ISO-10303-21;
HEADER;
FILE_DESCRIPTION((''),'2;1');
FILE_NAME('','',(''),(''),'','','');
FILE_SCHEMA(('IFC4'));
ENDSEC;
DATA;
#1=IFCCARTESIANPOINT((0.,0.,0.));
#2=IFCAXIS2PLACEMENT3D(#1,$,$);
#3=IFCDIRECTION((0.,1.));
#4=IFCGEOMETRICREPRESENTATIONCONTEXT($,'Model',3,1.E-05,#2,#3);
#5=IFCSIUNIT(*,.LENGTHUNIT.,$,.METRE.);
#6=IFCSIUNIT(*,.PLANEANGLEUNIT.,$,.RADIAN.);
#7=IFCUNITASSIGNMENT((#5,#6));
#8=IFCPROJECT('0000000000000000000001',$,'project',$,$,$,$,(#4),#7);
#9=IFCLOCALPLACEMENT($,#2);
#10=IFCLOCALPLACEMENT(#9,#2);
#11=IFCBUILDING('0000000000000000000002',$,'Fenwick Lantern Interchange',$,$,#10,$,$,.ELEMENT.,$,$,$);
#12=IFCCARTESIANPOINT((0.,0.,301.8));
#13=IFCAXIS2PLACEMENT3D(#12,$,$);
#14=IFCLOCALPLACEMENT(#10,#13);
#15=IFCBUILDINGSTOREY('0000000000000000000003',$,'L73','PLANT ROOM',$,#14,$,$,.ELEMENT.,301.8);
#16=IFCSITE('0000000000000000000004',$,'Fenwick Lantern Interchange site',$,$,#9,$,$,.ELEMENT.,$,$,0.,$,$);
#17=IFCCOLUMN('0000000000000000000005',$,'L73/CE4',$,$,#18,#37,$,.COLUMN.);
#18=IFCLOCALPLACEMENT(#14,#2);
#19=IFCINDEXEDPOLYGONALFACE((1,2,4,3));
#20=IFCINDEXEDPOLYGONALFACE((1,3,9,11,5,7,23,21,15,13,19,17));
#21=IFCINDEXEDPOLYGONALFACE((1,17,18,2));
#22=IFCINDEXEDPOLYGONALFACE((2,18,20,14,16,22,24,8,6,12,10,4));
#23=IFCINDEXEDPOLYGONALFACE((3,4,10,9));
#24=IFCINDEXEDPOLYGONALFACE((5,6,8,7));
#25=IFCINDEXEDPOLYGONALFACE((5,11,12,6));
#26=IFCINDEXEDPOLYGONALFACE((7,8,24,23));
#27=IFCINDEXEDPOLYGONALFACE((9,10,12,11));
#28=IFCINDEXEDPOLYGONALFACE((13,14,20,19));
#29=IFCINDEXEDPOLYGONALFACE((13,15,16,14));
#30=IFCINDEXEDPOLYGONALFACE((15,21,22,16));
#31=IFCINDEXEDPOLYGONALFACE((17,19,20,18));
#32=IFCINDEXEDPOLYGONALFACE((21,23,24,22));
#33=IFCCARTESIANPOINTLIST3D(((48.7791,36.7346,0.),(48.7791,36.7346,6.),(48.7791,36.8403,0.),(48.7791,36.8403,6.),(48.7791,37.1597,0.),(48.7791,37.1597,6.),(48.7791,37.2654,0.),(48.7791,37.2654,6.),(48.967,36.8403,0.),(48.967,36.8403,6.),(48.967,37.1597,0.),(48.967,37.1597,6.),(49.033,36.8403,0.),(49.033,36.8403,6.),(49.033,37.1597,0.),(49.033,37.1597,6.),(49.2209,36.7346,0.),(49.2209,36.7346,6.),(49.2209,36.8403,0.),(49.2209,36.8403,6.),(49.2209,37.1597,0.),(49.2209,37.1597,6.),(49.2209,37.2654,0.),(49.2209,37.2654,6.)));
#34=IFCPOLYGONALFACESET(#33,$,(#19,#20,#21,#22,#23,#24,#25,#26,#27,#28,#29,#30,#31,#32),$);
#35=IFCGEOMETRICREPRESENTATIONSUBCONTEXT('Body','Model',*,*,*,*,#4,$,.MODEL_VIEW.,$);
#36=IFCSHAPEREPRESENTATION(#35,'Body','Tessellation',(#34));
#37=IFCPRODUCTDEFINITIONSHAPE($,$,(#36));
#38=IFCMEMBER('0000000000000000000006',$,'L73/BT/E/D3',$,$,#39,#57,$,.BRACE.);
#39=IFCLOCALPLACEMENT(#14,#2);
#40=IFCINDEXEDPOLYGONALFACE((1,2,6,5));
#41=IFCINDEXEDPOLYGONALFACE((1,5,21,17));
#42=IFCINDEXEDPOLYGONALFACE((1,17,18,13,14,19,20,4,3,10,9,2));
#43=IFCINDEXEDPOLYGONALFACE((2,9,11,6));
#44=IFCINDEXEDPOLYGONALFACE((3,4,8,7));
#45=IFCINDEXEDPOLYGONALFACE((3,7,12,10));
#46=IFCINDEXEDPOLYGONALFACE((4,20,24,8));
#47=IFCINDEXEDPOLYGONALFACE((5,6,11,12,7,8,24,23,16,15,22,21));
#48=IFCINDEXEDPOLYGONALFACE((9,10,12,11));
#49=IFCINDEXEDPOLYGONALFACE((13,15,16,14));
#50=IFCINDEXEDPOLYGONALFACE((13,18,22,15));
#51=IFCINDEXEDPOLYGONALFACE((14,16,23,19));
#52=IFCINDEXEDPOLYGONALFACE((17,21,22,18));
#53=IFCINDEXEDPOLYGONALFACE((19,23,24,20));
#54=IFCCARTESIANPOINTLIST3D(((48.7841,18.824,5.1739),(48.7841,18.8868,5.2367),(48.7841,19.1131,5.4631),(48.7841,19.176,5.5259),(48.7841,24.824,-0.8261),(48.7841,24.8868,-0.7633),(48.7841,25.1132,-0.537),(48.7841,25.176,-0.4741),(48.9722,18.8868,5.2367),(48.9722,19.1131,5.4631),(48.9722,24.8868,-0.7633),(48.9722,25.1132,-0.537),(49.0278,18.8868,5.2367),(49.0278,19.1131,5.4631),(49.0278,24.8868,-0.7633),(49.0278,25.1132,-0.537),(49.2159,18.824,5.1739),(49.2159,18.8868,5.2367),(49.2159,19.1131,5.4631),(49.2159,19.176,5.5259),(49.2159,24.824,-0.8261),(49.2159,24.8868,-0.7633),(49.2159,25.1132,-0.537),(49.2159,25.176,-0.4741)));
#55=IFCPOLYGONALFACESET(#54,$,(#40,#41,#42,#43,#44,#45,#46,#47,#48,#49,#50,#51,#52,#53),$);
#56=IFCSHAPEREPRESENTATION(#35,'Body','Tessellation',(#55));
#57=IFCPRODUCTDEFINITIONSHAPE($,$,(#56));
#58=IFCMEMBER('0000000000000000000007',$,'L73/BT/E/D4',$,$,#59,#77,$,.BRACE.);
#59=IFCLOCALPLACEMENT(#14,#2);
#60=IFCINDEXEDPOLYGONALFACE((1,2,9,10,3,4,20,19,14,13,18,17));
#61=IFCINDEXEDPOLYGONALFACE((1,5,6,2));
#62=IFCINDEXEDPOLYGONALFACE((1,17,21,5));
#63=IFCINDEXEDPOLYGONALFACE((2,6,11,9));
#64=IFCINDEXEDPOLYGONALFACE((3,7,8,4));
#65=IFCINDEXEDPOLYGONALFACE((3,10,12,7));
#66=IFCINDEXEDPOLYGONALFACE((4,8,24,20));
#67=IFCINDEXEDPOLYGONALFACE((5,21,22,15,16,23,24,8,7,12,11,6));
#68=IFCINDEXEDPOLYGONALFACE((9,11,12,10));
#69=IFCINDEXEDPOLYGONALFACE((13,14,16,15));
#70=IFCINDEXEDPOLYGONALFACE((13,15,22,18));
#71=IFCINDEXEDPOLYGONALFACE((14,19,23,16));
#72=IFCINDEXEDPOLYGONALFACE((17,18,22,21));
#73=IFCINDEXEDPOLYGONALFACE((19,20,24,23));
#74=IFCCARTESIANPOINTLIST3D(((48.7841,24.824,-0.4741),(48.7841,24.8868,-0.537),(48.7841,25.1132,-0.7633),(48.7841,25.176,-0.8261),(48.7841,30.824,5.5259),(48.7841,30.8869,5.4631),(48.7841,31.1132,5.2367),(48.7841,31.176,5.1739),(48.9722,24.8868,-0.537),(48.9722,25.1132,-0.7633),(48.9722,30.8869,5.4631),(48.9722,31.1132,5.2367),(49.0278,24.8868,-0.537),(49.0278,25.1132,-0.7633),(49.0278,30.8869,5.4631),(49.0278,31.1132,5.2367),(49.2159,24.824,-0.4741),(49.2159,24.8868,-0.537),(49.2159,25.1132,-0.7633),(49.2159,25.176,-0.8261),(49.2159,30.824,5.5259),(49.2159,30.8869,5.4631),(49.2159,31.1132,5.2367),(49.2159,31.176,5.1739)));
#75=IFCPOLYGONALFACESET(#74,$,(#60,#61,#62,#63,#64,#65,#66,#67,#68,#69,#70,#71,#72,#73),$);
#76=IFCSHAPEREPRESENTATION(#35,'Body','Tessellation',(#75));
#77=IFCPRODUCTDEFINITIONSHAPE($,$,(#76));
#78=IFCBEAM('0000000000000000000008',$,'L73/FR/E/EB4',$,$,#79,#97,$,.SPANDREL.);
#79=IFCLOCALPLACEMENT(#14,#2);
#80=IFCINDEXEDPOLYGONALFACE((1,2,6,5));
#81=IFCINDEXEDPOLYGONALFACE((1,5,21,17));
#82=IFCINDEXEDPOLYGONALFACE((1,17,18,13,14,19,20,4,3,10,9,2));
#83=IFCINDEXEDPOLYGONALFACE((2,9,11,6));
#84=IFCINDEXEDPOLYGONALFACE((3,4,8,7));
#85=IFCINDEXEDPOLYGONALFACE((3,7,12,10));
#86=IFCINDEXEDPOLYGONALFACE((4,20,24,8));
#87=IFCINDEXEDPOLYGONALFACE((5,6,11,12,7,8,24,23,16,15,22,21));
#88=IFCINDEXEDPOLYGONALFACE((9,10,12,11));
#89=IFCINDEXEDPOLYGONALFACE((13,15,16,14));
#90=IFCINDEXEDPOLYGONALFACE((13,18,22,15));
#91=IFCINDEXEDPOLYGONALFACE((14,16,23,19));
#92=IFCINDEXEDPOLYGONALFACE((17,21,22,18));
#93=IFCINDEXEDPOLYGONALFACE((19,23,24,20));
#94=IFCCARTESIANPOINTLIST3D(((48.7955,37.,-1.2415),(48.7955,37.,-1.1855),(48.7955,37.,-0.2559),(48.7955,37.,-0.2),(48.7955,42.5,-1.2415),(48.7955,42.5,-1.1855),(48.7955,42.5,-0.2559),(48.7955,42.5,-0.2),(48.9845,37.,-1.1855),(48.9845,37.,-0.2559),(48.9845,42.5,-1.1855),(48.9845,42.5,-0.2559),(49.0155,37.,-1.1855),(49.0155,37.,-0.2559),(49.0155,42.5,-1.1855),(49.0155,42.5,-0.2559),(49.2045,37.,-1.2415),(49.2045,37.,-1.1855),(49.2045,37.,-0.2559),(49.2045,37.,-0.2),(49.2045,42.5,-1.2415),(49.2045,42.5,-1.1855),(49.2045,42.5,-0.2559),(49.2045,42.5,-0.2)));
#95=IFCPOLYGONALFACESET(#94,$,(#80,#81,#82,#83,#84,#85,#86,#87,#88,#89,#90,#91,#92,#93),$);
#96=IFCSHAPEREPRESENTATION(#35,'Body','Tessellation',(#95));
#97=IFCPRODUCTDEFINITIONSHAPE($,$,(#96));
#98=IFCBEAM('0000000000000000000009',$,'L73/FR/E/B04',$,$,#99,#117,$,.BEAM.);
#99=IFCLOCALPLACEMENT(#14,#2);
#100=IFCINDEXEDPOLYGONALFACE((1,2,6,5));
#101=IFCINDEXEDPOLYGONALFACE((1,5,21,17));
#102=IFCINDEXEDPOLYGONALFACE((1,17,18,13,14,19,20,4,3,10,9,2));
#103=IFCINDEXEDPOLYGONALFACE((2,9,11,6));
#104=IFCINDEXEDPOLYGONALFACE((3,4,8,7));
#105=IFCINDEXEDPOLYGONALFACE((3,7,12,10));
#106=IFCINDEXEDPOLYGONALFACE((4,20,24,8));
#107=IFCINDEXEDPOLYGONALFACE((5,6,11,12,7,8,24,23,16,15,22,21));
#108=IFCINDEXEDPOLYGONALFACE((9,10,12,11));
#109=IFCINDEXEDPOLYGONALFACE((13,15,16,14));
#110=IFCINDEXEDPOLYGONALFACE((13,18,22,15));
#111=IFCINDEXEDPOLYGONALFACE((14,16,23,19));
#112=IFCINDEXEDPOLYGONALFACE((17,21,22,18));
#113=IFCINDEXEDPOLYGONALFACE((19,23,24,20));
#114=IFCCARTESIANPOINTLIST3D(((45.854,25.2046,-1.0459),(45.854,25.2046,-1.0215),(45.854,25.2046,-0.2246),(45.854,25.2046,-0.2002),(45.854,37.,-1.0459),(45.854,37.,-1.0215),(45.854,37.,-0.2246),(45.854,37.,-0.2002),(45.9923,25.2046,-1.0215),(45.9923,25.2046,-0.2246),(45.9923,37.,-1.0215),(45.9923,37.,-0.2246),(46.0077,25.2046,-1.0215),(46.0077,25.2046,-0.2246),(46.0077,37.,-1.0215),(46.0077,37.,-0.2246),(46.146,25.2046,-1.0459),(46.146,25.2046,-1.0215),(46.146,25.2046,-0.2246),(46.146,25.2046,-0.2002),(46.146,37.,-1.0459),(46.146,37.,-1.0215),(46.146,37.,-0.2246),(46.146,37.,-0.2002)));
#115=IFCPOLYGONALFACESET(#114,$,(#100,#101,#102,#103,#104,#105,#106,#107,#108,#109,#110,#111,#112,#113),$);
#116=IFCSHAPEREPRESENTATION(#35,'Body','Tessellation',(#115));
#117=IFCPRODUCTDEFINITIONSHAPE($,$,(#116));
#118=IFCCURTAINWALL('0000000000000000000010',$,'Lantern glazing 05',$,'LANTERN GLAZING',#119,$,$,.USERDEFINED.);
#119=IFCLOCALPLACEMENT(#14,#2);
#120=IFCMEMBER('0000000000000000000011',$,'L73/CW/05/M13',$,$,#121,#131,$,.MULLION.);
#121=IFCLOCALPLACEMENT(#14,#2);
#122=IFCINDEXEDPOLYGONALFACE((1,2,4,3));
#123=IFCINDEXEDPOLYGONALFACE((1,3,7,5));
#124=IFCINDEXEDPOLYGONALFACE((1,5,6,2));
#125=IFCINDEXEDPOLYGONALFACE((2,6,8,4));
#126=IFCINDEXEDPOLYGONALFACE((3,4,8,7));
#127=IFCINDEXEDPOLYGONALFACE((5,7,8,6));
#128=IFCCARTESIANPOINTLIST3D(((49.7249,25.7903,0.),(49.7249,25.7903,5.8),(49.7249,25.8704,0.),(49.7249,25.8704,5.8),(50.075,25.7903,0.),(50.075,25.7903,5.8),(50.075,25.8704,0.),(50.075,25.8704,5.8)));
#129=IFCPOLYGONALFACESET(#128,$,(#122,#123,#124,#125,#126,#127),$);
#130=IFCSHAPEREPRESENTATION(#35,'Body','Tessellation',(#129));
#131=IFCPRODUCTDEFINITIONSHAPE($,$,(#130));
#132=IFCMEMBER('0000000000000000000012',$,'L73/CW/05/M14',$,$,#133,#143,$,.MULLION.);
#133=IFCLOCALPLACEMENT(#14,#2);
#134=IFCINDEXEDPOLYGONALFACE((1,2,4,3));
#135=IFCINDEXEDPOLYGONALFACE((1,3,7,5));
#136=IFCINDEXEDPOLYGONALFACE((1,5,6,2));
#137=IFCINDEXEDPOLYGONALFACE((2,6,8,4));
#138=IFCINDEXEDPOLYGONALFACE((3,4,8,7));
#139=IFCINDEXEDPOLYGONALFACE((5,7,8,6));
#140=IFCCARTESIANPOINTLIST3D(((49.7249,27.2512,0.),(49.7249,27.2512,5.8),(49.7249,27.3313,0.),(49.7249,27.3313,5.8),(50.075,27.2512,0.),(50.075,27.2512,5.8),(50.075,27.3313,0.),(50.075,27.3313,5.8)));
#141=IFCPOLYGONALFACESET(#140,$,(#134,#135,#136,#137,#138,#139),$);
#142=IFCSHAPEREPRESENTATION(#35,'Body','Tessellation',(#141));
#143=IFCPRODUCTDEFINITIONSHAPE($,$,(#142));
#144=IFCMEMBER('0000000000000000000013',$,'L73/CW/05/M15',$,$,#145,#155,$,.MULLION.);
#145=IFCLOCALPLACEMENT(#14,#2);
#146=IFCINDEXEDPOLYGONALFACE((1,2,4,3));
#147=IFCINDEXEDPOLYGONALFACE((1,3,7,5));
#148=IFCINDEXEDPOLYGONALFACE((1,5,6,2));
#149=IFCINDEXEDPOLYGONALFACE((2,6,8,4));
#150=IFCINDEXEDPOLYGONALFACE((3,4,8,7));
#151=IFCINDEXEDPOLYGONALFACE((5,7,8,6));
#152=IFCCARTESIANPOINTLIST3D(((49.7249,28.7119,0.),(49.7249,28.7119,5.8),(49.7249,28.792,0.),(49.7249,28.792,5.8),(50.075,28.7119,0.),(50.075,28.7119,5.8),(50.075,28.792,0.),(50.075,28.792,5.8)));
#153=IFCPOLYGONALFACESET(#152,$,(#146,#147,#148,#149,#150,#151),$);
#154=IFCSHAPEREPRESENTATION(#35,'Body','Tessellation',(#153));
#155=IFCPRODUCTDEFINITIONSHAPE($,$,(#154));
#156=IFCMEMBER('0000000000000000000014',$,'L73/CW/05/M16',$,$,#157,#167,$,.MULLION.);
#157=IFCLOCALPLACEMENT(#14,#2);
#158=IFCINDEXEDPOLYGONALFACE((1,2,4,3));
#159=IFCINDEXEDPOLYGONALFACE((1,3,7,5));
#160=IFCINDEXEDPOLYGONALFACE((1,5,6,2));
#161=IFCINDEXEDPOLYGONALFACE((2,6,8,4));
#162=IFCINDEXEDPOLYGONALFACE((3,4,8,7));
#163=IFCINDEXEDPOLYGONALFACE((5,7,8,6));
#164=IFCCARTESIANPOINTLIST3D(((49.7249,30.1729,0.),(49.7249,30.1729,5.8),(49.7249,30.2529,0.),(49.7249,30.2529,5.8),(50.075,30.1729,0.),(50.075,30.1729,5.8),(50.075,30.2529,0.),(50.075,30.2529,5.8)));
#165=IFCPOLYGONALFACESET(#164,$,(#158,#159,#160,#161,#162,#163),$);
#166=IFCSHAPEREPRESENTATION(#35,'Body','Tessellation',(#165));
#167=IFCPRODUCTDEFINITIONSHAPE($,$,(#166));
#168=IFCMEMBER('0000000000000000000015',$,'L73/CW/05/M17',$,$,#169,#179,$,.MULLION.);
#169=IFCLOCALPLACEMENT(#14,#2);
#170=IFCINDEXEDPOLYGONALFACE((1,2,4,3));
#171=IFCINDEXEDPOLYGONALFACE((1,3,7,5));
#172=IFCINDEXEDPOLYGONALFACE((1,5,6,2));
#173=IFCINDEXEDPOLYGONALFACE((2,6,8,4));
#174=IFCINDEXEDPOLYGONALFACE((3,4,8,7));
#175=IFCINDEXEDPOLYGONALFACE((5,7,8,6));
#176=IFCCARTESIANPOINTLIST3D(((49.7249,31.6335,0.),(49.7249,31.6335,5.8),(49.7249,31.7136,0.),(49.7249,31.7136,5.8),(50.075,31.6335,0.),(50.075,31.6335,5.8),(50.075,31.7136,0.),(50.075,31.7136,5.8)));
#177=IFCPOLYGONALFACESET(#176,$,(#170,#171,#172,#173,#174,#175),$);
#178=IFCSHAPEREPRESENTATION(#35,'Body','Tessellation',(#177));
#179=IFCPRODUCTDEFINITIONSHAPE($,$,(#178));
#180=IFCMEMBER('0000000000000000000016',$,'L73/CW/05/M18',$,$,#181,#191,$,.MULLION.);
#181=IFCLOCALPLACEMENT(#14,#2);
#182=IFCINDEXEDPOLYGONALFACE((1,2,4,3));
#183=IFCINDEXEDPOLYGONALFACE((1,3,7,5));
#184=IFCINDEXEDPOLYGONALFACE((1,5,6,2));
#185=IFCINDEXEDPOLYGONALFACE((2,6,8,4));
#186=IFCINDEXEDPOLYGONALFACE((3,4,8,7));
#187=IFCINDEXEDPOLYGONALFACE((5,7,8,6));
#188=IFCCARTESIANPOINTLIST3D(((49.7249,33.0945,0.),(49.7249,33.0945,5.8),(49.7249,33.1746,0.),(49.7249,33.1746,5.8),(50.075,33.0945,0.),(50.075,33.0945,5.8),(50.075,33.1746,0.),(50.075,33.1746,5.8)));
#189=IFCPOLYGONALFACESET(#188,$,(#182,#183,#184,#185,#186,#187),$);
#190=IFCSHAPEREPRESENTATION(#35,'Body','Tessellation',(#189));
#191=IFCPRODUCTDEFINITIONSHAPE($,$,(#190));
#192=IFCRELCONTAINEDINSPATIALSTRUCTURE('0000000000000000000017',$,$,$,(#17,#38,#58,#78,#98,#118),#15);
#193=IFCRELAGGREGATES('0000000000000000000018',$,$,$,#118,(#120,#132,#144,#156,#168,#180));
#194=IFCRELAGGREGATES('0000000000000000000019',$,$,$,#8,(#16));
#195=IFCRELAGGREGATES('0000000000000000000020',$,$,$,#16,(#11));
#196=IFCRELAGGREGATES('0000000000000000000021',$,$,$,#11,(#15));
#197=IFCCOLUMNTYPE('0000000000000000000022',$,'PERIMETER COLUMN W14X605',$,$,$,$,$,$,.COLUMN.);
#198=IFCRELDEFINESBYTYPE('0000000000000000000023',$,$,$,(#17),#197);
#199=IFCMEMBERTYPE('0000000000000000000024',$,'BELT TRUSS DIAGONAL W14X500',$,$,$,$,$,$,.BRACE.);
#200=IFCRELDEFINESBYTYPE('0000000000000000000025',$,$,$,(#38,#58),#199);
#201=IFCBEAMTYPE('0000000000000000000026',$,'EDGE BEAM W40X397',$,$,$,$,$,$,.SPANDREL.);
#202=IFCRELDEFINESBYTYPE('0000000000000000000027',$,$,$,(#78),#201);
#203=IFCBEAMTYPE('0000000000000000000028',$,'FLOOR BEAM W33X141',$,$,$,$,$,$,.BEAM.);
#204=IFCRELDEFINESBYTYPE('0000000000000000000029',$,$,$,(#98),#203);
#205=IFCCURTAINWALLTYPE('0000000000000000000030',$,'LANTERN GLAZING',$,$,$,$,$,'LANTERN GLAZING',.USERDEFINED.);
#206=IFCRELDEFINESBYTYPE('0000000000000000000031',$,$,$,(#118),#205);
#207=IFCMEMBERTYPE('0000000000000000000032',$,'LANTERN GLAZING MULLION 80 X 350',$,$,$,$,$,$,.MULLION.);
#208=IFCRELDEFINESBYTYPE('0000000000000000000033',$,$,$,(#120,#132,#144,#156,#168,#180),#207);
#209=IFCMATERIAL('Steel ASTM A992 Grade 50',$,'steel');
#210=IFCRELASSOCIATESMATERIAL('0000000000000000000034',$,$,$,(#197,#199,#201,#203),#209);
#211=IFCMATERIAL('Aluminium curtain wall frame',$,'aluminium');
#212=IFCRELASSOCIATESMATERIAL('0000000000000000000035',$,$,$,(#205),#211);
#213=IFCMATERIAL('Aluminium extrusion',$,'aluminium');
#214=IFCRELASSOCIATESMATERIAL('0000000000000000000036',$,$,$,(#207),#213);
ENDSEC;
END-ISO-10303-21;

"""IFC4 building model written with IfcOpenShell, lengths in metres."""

from ifc_helpers import new_model, si_unit, direction, frame, origin, origin_2d, place, context, subcontext, project, spatial, rectangle, i_section, extrude, material, material_profile, profile_set, type_object, element, aggregate, save


model = new_model("IFC4")

# Units and contexts
model_context = context("Model", 3, precision=1e-05, world=origin(), true_north=direction((0.0, 1.0)))
body_context = subcontext(model_context, "Body", "Model", "MODEL_VIEW")
ifc_project = project(units=[si_unit("LENGTHUNIT", "METRE"), si_unit("PLANEANGLEUNIT", "RADIAN")], contexts=[model_context])

# Site, building, storey
site_placement = place(None, origin())
site = spatial("IfcSite", under=ifc_project, at=site_placement, Name="Fenwick Lantern Interchange site", CompositionType="ELEMENT", RefElevation=0.0)
building_placement = place(site_placement, origin())
building = spatial("IfcBuilding", under=site, at=building_placement, Name="Fenwick Lantern Interchange", CompositionType="ELEMENT")
storey_placement = place(building_placement, frame((0.0, 0.0, 301.8)))
storey = spatial("IfcBuildingStorey", under=building, at=storey_placement, Name="L73", Description="PLANT ROOM", CompositionType="ELEMENT", Elevation=301.8)

# Column
ifc_material_1 = material(Name="Steel ASTM A992 Grade 50", Category="steel")
ifc_material_profile_1 = material_profile(ifc_material_1, i_section(OverallWidth=0.4419, OverallDepth=0.5308, WebThickness=0.0659, FlangeThickness=0.1057, at=origin_2d()), Name="W14X605")
ifc_profile_set_1 = profile_set([ifc_material_profile_1], Name="Steel ASTM A992 Grade 50")
column_type = type_object("IfcColumnType", Name="PERIMETER COLUMN W14X605", PredefinedType="COLUMN", material=ifc_profile_set_1)
column_placement = place(storey_placement, frame((49.0, 37.0, 0.0), z_axis=(0.0, 0.0, 1.0), x_axis=(1.0, 0.0, 0.0)))
element("IfcColumn", 1, at=column_placement, inside=storey, type_object=column_type, Name="L73/CE4", PredefinedType="COLUMN", context=body_context, shape_type="SweptSolid", body=[
    extrude(i_section(OverallWidth=0.4419, OverallDepth=0.5308, WebThickness=0.0659, FlangeThickness=0.1057, at=origin_2d()), origin(), (0.0, 0.0, 1.0), 6.0),
])

# Members
ifc_material_profile_2 = material_profile(ifc_material_1, i_section(OverallWidth=0.4319, OverallDepth=0.4978, WebThickness=0.0557, FlangeThickness=0.0889, at=origin_2d()), Name="W14X500")
ifc_profile_set_2 = profile_set([ifc_material_profile_2], Name="Steel ASTM A992 Grade 50")
member_type_1 = type_object("IfcMemberType", Name="BELT TRUSS DIAGONAL W14X500", PredefinedType="BRACE", material=ifc_profile_set_2)
for number, where, z_axis, x_axis, name in (
    (2, (49.0, 25.0, -0.6501), (0.0, -0.707107, 0.707107), (1.0, 0.0, 0.0), "L73/BT/E/D3"),
    (3, (49.0, 25.0, -0.6501), (0.0, 0.707107, 0.707107), (-1.0, 0.0, 0.0), "L73/BT/E/D4"),
):
    element("IfcMember", number, at=place(storey_placement, frame(where, z_axis=z_axis, x_axis=x_axis)), inside=storey, type_object=member_type_1, Name=name, PredefinedType="BRACE", context=body_context, shape_type="SweptSolid", body=[
        extrude(i_section(OverallWidth=0.4319, OverallDepth=0.4978, WebThickness=0.0557, FlangeThickness=0.0889, at=origin_2d()), origin(), (0.0, 0.0, 1.0), 8.4854),
    ])

# Beams
ifc_material_profile_3 = material_profile(ifc_material_1, i_section(OverallWidth=0.4089, OverallDepth=1.0415, WebThickness=0.031, FlangeThickness=0.0559, at=origin_2d()), Name="W40X397")
ifc_profile_set_3 = profile_set([ifc_material_profile_3], Name="Steel ASTM A992 Grade 50")
beam_type_1 = type_object("IfcBeamType", Name="EDGE BEAM W40X397", PredefinedType="SPANDREL", material=ifc_profile_set_3)
beam_1_placement = place(storey_placement, frame((49.0, 37.0, -0.7207), z_axis=(0.0, 1.0, 0.0), x_axis=(-1.0, 0.0, 0.0)))
element("IfcBeam", 4, at=beam_1_placement, inside=storey, type_object=beam_type_1, Name="L73/FR/E/EB4", PredefinedType="SPANDREL", context=body_context, shape_type="SweptSolid", body=[
    extrude(i_section(OverallWidth=0.4089, OverallDepth=1.0415, WebThickness=0.031, FlangeThickness=0.0559, at=origin_2d()), origin(), (0.0, 0.0, 1.0), 5.5),
])
ifc_material_profile_4 = material_profile(ifc_material_1, i_section(OverallWidth=0.292, OverallDepth=0.8457, WebThickness=0.0154, FlangeThickness=0.0244, at=origin_2d()), Name="W33X141")
ifc_profile_set_4 = profile_set([ifc_material_profile_4], Name="Steel ASTM A992 Grade 50")
beam_type_2 = type_object("IfcBeamType", Name="FLOOR BEAM W33X141", PredefinedType="BEAM", material=ifc_profile_set_4)
beam_2_placement = place(storey_placement, frame((46.0, 25.2046, -0.623), z_axis=(0.0, 1.0, 0.0), x_axis=(-1.0, 0.0, 0.0)))
element("IfcBeam", 5, at=beam_2_placement, inside=storey, type_object=beam_type_2, Name="L73/FR/E/B04", PredefinedType="BEAM", context=body_context, shape_type="SweptSolid", body=[
    extrude(i_section(OverallWidth=0.292, OverallDepth=0.8457, WebThickness=0.0154, FlangeThickness=0.0244, at=origin_2d()), origin(), (0.0, 0.0, 1.0), 11.7954),
])

# Curtain wall, members
ifc_material_2 = material(Name="Aluminium curtain wall frame", Category="aluminium")
curtain_wall_type = type_object("IfcCurtainWallType", Name="LANTERN GLAZING", ElementType="LANTERN GLAZING", PredefinedType="USERDEFINED", material=ifc_material_2)
curtain_wall_placement = place(storey_placement, origin())
curtain_wall = element("IfcCurtainWall", 6, at=curtain_wall_placement, inside=storey, type_object=curtain_wall_type, Name="Lantern glazing 05", ObjectType="LANTERN GLAZING", PredefinedType="USERDEFINED")
ifc_material_3 = material(Name="Aluminium extrusion", Category="aluminium")
ifc_material_profile_5 = material_profile(ifc_material_3, rectangle(XDim=0.3501, YDim=0.0801, at=origin_2d()), Name="LANTERN GLAZING MULLION 80 X 350")
ifc_profile_set_5 = profile_set([ifc_material_profile_5], Name="Aluminium extrusion")
member_type_2 = type_object("IfcMemberType", Name="LANTERN GLAZING MULLION 80 X 350", PredefinedType="MULLION", material=ifc_profile_set_5)
member_1_placement = place(storey_placement, frame((49.8999, 25.8303, 0.0), z_axis=(0.0, 0.0, 1.0), x_axis=(-1.0, 0.0, 0.0)))
member_1 = element("IfcMember", 7, at=member_1_placement, type_object=member_type_2, Name="L73/CW/05/M13", PredefinedType="MULLION", context=body_context, shape_type="SweptSolid", body=[
    extrude(rectangle(XDim=0.3501, YDim=0.0801, at=origin_2d()), origin(), (0.0, 0.0, 1.0), 5.8),
])
member_2_placement = place(storey_placement, frame((49.8999, 27.2913, 0.0), z_axis=(0.0, 0.0, 1.0), x_axis=(-1.0, 0.0, 0.0)))
member_2 = element("IfcMember", 8, at=member_2_placement, type_object=member_type_2, Name="L73/CW/05/M14", PredefinedType="MULLION", context=body_context, shape_type="SweptSolid", body=[
    extrude(rectangle(XDim=0.3501, YDim=0.0801, at=origin_2d()), origin(), (0.0, 0.0, 1.0), 5.8),
])
member_3_placement = place(storey_placement, frame((49.8999, 28.752, 0.0), z_axis=(0.0, 0.0, 1.0), x_axis=(-1.0, 0.0, 0.0)))
member_3 = element("IfcMember", 9, at=member_3_placement, type_object=member_type_2, Name="L73/CW/05/M15", PredefinedType="MULLION", context=body_context, shape_type="SweptSolid", body=[
    extrude(rectangle(XDim=0.3501, YDim=0.0801, at=origin_2d()), origin(), (0.0, 0.0, 1.0), 5.8),
])
member_4_placement = place(storey_placement, frame((49.8999, 30.2129, 0.0), z_axis=(0.0, 0.0, 1.0), x_axis=(-1.0, 0.0, 0.0)))
member_4 = element("IfcMember", 10, at=member_4_placement, type_object=member_type_2, Name="L73/CW/05/M16", PredefinedType="MULLION", context=body_context, shape_type="SweptSolid", body=[
    extrude(rectangle(XDim=0.3501, YDim=0.0801, at=origin_2d()), origin(), (0.0, 0.0, 1.0), 5.8),
])
member_5_placement = place(storey_placement, frame((49.8999, 31.6736, 0.0), z_axis=(0.0, 0.0, 1.0), x_axis=(-1.0, 0.0, 0.0)))
member_5 = element("IfcMember", 11, at=member_5_placement, type_object=member_type_2, Name="L73/CW/05/M17", PredefinedType="MULLION", context=body_context, shape_type="SweptSolid", body=[
    extrude(rectangle(XDim=0.3501, YDim=0.0801, at=origin_2d()), origin(), (0.0, 0.0, 1.0), 5.8),
])
member_6_placement = place(storey_placement, frame((49.8999, 33.1345, 0.0), z_axis=(0.0, 0.0, 1.0), x_axis=(-1.0, 0.0, 0.0)))
member_6 = element("IfcMember", 12, at=member_6_placement, type_object=member_type_2, Name="L73/CW/05/M18", PredefinedType="MULLION", context=body_context, shape_type="SweptSolid", body=[
    extrude(rectangle(XDim=0.3501, YDim=0.0801, at=origin_2d()), origin(), (0.0, 0.0, 1.0), 5.8),
])
aggregate(curtain_wall, [member_1, member_2, member_3, member_4, member_5, member_6])

save(model, "model.ifc")
